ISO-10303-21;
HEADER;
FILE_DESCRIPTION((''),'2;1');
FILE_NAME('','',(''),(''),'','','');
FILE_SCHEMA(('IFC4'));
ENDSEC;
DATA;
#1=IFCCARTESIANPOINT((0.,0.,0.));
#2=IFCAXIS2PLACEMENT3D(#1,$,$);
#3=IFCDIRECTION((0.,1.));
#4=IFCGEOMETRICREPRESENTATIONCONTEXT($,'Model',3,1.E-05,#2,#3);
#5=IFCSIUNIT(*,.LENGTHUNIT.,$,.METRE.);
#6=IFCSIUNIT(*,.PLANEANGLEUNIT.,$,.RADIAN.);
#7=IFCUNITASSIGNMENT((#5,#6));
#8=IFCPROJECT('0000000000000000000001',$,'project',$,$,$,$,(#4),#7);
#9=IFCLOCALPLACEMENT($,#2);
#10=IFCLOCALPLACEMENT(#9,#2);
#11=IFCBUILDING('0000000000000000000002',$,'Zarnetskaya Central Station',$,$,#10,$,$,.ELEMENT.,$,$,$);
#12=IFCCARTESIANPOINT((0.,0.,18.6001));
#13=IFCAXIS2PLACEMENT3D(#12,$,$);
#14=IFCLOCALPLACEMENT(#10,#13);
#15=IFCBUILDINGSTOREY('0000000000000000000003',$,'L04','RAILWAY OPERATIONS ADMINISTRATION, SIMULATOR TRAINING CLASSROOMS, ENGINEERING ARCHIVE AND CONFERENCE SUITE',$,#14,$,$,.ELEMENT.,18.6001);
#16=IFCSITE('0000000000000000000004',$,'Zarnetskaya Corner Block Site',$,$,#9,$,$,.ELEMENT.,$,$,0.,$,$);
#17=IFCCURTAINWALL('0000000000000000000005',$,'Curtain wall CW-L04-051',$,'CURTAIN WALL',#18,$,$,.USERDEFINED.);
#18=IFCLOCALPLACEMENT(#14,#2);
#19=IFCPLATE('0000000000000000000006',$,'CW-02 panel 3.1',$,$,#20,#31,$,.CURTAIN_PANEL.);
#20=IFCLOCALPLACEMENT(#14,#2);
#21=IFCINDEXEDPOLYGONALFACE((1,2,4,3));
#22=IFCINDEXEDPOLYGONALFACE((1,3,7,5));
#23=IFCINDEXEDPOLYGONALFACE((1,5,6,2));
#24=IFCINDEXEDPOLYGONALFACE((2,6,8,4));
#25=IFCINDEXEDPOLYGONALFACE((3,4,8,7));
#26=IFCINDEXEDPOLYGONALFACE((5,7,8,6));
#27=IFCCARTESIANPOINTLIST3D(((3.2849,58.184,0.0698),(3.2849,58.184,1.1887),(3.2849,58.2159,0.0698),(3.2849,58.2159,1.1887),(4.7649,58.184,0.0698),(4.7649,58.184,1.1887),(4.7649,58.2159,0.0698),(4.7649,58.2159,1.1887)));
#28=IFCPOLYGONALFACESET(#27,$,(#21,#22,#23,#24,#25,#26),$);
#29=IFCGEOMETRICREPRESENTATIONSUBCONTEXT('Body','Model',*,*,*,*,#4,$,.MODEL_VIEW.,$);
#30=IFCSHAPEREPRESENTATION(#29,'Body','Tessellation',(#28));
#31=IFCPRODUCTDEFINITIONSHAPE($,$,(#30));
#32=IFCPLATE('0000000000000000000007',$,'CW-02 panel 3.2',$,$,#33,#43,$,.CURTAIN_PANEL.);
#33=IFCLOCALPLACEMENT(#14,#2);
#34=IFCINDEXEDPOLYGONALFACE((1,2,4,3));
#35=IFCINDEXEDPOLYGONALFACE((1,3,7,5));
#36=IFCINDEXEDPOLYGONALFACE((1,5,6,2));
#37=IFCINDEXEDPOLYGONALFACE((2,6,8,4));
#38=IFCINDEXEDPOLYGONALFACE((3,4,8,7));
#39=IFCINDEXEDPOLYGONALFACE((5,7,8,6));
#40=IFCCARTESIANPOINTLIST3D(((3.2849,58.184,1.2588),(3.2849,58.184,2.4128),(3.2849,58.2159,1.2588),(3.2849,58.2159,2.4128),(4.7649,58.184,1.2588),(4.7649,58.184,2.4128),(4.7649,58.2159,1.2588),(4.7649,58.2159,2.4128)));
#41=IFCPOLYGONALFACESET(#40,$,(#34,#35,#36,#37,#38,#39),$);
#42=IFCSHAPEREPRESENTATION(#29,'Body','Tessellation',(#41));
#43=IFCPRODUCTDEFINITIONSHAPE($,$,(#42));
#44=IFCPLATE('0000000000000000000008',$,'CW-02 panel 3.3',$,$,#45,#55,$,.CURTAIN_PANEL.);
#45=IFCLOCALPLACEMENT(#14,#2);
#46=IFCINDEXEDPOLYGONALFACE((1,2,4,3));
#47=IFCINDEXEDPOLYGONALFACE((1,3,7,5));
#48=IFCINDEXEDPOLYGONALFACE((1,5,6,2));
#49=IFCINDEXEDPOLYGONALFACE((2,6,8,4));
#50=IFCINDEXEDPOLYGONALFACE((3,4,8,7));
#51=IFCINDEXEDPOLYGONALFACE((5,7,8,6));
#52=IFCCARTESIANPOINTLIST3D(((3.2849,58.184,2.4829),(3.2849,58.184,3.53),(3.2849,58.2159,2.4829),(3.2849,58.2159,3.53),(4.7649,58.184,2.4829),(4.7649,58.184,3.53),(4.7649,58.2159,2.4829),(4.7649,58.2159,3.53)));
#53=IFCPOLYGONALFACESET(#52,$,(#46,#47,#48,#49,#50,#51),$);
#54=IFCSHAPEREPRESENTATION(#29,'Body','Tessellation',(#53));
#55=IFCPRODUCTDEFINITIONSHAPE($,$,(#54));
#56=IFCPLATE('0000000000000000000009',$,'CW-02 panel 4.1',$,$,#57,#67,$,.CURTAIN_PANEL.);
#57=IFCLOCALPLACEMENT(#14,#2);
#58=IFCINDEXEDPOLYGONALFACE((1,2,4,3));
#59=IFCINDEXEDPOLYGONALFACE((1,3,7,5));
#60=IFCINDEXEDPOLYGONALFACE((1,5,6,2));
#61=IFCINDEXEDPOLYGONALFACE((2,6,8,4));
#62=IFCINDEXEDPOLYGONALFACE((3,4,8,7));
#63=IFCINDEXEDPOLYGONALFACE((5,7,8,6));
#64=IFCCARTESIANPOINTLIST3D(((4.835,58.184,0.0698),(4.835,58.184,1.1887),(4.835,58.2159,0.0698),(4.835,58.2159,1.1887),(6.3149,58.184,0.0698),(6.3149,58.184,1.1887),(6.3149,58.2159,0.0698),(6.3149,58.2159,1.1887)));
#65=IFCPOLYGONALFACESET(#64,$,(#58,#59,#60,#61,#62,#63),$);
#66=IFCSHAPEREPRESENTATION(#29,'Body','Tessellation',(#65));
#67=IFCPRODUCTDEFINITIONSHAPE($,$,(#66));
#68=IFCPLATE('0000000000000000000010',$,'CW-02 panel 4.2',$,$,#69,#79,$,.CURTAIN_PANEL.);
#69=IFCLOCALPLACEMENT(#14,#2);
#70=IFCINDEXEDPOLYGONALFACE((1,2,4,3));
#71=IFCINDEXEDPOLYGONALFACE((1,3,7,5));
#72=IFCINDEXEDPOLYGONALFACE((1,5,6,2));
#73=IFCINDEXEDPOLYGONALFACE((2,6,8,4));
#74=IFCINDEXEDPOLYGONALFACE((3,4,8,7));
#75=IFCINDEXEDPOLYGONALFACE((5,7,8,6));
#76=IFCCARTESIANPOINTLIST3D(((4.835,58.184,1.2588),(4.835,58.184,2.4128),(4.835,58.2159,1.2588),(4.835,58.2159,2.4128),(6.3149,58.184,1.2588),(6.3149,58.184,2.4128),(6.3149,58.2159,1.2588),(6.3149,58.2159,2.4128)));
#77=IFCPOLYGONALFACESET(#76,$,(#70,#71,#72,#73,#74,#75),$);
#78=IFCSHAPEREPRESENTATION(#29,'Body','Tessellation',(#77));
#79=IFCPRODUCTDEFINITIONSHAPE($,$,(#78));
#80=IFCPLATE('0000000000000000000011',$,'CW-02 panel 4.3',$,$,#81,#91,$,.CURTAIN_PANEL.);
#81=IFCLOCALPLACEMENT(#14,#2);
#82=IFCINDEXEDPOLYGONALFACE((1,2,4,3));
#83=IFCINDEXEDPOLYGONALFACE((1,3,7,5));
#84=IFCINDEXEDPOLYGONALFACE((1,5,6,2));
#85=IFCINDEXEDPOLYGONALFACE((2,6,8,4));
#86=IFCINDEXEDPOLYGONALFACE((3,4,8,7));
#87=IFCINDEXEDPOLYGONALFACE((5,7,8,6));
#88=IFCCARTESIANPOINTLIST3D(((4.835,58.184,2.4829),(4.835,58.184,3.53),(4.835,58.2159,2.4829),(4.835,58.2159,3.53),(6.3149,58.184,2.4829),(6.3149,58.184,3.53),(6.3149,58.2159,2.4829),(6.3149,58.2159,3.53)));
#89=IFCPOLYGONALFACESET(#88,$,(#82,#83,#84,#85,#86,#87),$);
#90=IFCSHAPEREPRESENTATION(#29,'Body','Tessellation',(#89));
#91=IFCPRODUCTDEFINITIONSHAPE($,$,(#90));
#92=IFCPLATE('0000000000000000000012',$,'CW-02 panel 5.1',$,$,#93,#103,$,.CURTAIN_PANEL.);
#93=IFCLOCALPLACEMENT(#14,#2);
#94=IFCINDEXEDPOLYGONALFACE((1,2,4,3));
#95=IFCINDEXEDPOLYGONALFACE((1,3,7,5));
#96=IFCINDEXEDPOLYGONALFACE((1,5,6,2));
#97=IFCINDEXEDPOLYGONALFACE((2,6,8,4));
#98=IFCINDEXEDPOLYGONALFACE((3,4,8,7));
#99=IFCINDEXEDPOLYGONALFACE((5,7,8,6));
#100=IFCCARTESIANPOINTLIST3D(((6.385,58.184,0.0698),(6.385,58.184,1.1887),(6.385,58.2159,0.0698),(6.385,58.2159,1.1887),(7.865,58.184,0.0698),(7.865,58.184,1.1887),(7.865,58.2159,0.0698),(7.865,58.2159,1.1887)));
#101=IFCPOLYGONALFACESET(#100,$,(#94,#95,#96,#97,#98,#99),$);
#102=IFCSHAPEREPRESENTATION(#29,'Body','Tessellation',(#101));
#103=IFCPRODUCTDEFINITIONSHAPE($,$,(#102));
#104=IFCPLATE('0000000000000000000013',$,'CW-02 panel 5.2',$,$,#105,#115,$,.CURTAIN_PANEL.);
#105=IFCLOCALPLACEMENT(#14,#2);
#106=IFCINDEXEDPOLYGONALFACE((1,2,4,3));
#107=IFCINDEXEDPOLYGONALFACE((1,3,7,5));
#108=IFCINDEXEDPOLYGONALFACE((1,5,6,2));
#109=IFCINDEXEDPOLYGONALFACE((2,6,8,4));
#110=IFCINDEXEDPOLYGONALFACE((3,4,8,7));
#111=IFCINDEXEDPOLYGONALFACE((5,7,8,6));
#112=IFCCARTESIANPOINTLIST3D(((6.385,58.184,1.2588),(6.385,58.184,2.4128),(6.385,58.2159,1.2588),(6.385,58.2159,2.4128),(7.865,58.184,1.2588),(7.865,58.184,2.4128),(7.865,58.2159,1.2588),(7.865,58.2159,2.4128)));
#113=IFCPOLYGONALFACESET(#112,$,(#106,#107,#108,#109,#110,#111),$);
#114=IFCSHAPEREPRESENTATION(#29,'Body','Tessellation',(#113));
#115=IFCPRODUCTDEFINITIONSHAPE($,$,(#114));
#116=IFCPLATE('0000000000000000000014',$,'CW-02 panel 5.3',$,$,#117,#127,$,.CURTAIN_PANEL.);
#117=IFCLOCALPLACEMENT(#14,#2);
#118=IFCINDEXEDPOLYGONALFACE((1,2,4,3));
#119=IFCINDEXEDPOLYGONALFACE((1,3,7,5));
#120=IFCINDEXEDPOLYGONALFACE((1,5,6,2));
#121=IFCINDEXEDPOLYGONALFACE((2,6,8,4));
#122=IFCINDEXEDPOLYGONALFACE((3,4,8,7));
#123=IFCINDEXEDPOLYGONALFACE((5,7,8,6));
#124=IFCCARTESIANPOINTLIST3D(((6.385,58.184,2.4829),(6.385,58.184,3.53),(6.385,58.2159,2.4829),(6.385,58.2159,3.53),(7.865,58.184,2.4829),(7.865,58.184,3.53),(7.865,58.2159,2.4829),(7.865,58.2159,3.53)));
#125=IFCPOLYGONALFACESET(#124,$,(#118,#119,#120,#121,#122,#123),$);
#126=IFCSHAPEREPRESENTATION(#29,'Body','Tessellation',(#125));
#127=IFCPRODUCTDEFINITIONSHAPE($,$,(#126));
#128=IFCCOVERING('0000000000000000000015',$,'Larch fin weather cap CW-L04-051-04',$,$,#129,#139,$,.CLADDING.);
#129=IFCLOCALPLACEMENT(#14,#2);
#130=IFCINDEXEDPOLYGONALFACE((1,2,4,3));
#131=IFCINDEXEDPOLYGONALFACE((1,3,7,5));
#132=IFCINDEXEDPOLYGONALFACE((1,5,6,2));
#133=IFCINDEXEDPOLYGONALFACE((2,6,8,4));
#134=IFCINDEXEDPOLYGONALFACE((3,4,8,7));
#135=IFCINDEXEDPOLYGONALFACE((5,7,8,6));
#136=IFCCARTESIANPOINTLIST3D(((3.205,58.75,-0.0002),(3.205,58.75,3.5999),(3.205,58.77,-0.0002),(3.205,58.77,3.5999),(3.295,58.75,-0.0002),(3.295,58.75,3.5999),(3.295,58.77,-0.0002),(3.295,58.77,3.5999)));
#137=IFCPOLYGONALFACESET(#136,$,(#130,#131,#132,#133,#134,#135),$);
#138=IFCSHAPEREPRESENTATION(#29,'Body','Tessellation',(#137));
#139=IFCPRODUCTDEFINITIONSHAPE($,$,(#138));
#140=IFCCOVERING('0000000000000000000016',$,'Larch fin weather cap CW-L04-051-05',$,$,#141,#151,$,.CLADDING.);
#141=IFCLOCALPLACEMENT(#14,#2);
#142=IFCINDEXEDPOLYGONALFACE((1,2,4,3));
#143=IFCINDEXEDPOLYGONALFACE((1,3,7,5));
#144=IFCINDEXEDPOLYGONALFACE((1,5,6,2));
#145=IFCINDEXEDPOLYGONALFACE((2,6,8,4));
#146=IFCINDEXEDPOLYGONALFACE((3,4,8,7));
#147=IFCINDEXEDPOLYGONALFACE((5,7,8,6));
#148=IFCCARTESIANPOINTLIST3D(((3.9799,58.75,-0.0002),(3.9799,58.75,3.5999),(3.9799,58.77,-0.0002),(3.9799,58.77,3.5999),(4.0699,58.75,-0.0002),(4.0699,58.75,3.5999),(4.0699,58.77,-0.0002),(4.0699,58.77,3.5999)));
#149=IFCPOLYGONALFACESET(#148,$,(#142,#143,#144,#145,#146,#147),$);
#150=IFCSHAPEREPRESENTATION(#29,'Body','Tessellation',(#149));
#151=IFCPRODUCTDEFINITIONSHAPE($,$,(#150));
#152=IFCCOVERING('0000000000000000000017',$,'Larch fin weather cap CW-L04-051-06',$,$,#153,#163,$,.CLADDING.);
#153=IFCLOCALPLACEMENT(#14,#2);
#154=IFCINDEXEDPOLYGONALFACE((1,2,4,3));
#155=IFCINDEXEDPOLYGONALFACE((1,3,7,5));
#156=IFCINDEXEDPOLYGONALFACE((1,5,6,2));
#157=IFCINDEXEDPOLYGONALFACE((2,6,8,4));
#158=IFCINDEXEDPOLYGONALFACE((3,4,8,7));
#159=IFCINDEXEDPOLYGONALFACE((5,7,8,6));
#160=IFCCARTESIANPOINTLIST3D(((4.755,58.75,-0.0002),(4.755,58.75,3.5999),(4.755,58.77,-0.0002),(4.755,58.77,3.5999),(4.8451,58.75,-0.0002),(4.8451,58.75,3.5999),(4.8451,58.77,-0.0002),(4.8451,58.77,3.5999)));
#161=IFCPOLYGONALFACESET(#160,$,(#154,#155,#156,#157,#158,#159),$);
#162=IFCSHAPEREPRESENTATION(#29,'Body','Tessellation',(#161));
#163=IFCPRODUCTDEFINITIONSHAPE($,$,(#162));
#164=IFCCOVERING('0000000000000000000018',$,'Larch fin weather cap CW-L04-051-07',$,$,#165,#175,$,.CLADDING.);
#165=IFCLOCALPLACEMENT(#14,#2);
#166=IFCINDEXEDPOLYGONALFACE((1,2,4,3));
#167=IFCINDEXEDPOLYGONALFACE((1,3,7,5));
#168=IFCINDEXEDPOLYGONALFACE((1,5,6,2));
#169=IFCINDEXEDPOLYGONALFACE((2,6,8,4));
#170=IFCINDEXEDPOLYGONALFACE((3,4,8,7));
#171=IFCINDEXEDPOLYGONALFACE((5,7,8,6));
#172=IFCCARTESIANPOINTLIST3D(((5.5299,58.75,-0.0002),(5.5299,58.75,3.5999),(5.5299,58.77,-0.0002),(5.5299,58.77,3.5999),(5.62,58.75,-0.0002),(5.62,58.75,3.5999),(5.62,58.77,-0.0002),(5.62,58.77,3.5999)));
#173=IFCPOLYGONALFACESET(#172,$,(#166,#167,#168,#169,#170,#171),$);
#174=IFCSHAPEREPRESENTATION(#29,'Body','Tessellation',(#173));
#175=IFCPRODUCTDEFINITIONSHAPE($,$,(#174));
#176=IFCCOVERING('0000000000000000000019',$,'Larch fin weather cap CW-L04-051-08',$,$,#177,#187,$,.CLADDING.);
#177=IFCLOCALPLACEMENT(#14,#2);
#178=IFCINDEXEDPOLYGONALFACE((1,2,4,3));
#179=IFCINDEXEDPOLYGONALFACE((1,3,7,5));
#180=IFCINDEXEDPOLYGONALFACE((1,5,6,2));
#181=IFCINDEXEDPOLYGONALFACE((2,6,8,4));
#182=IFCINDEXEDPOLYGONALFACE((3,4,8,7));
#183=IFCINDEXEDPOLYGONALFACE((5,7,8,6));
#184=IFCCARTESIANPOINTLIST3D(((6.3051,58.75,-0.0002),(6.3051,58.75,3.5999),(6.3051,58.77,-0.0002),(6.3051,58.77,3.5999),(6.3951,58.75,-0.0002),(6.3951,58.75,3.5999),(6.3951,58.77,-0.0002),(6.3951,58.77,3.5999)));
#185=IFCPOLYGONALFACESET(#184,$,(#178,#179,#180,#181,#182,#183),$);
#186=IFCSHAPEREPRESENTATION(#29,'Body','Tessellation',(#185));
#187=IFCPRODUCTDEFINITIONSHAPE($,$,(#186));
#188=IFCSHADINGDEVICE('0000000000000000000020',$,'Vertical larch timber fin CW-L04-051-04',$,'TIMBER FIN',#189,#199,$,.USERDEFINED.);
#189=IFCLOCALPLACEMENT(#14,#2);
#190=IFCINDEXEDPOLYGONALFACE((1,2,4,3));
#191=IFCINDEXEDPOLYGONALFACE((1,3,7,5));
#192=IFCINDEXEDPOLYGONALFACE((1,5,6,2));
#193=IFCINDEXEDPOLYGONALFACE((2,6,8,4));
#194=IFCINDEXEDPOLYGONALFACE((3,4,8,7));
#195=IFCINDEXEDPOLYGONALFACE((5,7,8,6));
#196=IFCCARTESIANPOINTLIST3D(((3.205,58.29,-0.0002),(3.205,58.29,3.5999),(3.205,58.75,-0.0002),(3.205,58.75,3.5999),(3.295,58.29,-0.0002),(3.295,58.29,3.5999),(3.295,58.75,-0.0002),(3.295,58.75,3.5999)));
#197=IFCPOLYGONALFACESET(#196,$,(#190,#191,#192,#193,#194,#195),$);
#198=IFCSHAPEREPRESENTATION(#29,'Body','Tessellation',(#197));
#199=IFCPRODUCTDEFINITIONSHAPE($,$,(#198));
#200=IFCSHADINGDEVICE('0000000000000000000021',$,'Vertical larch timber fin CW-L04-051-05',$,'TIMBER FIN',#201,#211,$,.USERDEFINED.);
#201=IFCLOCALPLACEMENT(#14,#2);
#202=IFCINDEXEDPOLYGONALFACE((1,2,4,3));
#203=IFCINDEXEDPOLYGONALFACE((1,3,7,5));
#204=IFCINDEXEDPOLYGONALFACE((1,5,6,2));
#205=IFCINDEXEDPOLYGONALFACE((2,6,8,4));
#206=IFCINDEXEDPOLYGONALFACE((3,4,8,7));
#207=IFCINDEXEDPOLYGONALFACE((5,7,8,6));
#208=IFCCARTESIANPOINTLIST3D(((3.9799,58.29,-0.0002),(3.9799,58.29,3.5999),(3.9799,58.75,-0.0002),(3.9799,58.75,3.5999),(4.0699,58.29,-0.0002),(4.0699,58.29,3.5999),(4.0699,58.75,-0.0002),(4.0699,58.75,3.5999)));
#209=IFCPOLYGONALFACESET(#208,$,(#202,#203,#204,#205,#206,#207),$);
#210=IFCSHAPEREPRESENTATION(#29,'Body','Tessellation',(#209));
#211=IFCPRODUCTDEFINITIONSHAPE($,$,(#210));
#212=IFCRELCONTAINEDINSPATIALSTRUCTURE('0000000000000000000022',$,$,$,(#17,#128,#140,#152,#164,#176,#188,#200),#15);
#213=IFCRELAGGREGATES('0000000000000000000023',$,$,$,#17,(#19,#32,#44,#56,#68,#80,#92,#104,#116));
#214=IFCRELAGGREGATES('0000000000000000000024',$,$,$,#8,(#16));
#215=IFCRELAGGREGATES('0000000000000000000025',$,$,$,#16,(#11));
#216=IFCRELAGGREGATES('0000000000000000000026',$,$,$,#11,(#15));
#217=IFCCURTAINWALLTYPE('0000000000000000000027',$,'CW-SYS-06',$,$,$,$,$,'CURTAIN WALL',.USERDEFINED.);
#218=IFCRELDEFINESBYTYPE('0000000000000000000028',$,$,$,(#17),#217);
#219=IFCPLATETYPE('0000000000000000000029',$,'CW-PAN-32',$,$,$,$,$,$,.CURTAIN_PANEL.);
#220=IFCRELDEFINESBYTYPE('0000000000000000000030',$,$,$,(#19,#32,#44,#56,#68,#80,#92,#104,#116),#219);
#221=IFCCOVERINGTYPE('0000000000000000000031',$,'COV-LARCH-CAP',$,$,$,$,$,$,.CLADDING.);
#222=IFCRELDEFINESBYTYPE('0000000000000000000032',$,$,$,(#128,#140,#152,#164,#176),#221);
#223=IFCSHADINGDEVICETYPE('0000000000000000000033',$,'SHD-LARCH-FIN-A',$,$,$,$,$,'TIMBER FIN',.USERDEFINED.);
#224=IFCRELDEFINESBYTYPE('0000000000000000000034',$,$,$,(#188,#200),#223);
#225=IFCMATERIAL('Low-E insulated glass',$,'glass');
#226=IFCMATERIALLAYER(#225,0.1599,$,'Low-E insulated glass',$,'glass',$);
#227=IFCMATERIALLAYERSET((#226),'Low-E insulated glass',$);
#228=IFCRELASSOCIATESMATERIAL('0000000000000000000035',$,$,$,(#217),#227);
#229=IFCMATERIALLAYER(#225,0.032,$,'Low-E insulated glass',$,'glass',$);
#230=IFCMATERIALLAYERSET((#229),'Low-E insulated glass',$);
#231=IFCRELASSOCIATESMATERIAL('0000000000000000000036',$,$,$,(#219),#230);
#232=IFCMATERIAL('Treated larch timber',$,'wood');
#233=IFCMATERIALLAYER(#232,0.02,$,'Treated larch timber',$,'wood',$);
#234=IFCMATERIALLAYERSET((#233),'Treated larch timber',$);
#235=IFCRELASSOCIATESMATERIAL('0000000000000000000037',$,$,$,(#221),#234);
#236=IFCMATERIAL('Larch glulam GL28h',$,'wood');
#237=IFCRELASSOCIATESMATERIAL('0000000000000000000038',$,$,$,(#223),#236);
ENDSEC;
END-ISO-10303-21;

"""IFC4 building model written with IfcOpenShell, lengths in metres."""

from ifc_helpers import new_model, si_unit, direction, frame, origin, origin_2d, place, context, subcontext, project, spatial, rectangle, extrude, material, layer, layer_set, type_object, element, aggregate, save


model = new_model("IFC4")

# Units and contexts
model_context = context("Model", 3, precision=1e-05, world=origin(), true_north=direction((0.0, 1.0)))
body_context = subcontext(model_context, "Body", "Model", "MODEL_VIEW")
ifc_project = project(units=[si_unit("LENGTHUNIT", "METRE"), si_unit("PLANEANGLEUNIT", "RADIAN")], contexts=[model_context])

# Site, building, storey
site_placement = place(None, origin())
site = spatial("IfcSite", under=ifc_project, at=site_placement, Name="Zarnetskaya Corner Block Site", CompositionType="ELEMENT", RefElevation=0.0)
building_placement = place(site_placement, origin())
building = spatial("IfcBuilding", under=site, at=building_placement, Name="Zarnetskaya Central Station", CompositionType="ELEMENT")
storey_placement = place(building_placement, frame((0.0, 0.0, 18.6001)))
storey = spatial("IfcBuildingStorey", under=building, at=storey_placement, Name="L04", Description="RAILWAY OPERATIONS ADMINISTRATION, SIMULATOR TRAINING CLASSROOMS, ENGINEERING ARCHIVE AND CONFERENCE SUITE", CompositionType="ELEMENT", Elevation=18.6001)

# Curtain wall, plates
ifc_material_1 = material(Name="Low-E insulated glass", Category="glass")
ifc_layer_1 = layer(ifc_material_1, 0.1599, Name="Low-E insulated glass", Category="glass")
ifc_layer_set_1 = layer_set([ifc_layer_1], Name="Low-E insulated glass")
curtain_wall_type = type_object("IfcCurtainWallType", Name="CW-SYS-06", ElementType="CURTAIN WALL", PredefinedType="USERDEFINED", material=ifc_layer_set_1)
curtain_wall_placement = place(storey_placement, origin())
curtain_wall = element("IfcCurtainWall", 1, at=curtain_wall_placement, inside=storey, type_object=curtain_wall_type, Name="Curtain wall CW-L04-051", ObjectType="CURTAIN WALL", PredefinedType="USERDEFINED")
ifc_layer_2 = layer(ifc_material_1, 0.032, Name="Low-E insulated glass", Category="glass")
ifc_layer_set_2 = layer_set([ifc_layer_2], Name="Low-E insulated glass")
plate_type = type_object("IfcPlateType", Name="CW-PAN-32", PredefinedType="CURTAIN_PANEL", material=ifc_layer_set_2)
plate_1_placement = place(storey_placement, frame((4.0249, 58.2, 0.0698), z_axis=(0.0, 0.0, 1.0), x_axis=(1.0, 0.0, 0.0)))
plate_1 = element("IfcPlate", 2, at=plate_1_placement, type_object=plate_type, Name="CW-02 panel 3.1", PredefinedType="CURTAIN_PANEL", context=body_context, shape_type="SweptSolid", body=[
    extrude(rectangle(XDim=1.48, YDim=0.032, at=origin_2d()), origin(), (0.0, 0.0, 1.0), 1.1189),
])
plate_2_placement = place(storey_placement, frame((4.0249, 58.2, 1.2588), z_axis=(0.0, 0.0, 1.0), x_axis=(1.0, 0.0, 0.0)))
plate_2 = element("IfcPlate", 3, at=plate_2_placement, type_object=plate_type, Name="CW-02 panel 3.2", PredefinedType="CURTAIN_PANEL", context=body_context, shape_type="SweptSolid", body=[
    extrude(rectangle(XDim=1.48, YDim=0.032, at=origin_2d()), origin(), (0.0, 0.0, 1.0), 1.1541),
])
plate_3_placement = place(storey_placement, frame((4.0249, 58.2, 2.4829), z_axis=(0.0, 0.0, 1.0), x_axis=(1.0, 0.0, 0.0)))
plate_3 = element("IfcPlate", 4, at=plate_3_placement, type_object=plate_type, Name="CW-02 panel 3.3", PredefinedType="CURTAIN_PANEL", context=body_context, shape_type="SweptSolid", body=[
    extrude(rectangle(XDim=1.48, YDim=0.032, at=origin_2d()), origin(), (0.0, 0.0, 1.0), 1.0471),
])
plate_4_placement = place(storey_placement, frame((5.575, 58.2, 0.0698), z_axis=(0.0, 0.0, 1.0), x_axis=(1.0, 0.0, 0.0)))
plate_4 = element("IfcPlate", 5, at=plate_4_placement, type_object=plate_type, Name="CW-02 panel 4.1", PredefinedType="CURTAIN_PANEL", context=body_context, shape_type="SweptSolid", body=[
    extrude(rectangle(XDim=1.48, YDim=0.032, at=origin_2d()), origin(), (0.0, 0.0, 1.0), 1.1189),
])
plate_5_placement = place(storey_placement, frame((5.575, 58.2, 1.2588), z_axis=(0.0, 0.0, 1.0), x_axis=(1.0, 0.0, 0.0)))
plate_5 = element("IfcPlate", 6, at=plate_5_placement, type_object=plate_type, Name="CW-02 panel 4.2", PredefinedType="CURTAIN_PANEL", context=body_context, shape_type="SweptSolid", body=[
    extrude(rectangle(XDim=1.48, YDim=0.032, at=origin_2d()), origin(), (0.0, 0.0, 1.0), 1.1541),
])
plate_6_placement = place(storey_placement, frame((5.575, 58.2, 2.4829), z_axis=(0.0, 0.0, 1.0), x_axis=(1.0, 0.0, 0.0)))
plate_6 = element("IfcPlate", 7, at=plate_6_placement, type_object=plate_type, Name="CW-02 panel 4.3", PredefinedType="CURTAIN_PANEL", context=body_context, shape_type="SweptSolid", body=[
    extrude(rectangle(XDim=1.48, YDim=0.032, at=origin_2d()), origin(), (0.0, 0.0, 1.0), 1.0471),
])
plate_7_placement = place(storey_placement, frame((7.125, 58.2, 0.0698), z_axis=(0.0, 0.0, 1.0), x_axis=(1.0, 0.0, 0.0)))
plate_7 = element("IfcPlate", 8, at=plate_7_placement, type_object=plate_type, Name="CW-02 panel 5.1", PredefinedType="CURTAIN_PANEL", context=body_context, shape_type="SweptSolid", body=[
    extrude(rectangle(XDim=1.48, YDim=0.032, at=origin_2d()), origin(), (0.0, 0.0, 1.0), 1.1189),
])
plate_8_placement = place(storey_placement, frame((7.125, 58.2, 1.2588), z_axis=(0.0, 0.0, 1.0), x_axis=(1.0, 0.0, 0.0)))
plate_8 = element("IfcPlate", 9, at=plate_8_placement, type_object=plate_type, Name="CW-02 panel 5.2", PredefinedType="CURTAIN_PANEL", context=body_context, shape_type="SweptSolid", body=[
    extrude(rectangle(XDim=1.48, YDim=0.032, at=origin_2d()), origin(), (0.0, 0.0, 1.0), 1.1541),
])
plate_9_placement = place(storey_placement, frame((7.125, 58.2, 2.4829), z_axis=(0.0, 0.0, 1.0), x_axis=(1.0, 0.0, 0.0)))
plate_9 = element("IfcPlate", 10, at=plate_9_placement, type_object=plate_type, Name="CW-02 panel 5.3", PredefinedType="CURTAIN_PANEL", context=body_context, shape_type="SweptSolid", body=[
    extrude(rectangle(XDim=1.48, YDim=0.032, at=origin_2d()), origin(), (0.0, 0.0, 1.0), 1.0471),
])
aggregate(curtain_wall, [plate_1, plate_2, plate_3, plate_4, plate_5, plate_6, plate_7, plate_8, plate_9])

# Coverings
ifc_material_2 = material(Name="Treated larch timber", Category="wood")
ifc_layer_3 = layer(ifc_material_2, 0.02, Name="Treated larch timber", Category="wood")
ifc_layer_set_3 = layer_set([ifc_layer_3], Name="Treated larch timber")
covering_type = type_object("IfcCoveringType", Name="COV-LARCH-CAP", PredefinedType="CLADDING", material=ifc_layer_set_3)
for number, where, z_axis, x_axis, name in (
    (11, (3.25, 58.76, -0.0002), (0.0, 0.0, 1.0), (1.0, 0.0, 0.0), "Larch fin weather cap CW-L04-051-04"),
    (12, (4.0249, 58.76, -0.0002), (0.0, 0.0, 1.0), (1.0, 0.0, 0.0), "Larch fin weather cap CW-L04-051-05"),
    (13, (4.8, 58.76, -0.0002), (0.0, 0.0, 1.0), (1.0, 0.0, 0.0), "Larch fin weather cap CW-L04-051-06"),
    (14, (5.575, 58.76, -0.0002), (0.0, 0.0, 1.0), (1.0, 0.0, 0.0), "Larch fin weather cap CW-L04-051-07"),
    (15, (6.3501, 58.76, -0.0002), (0.0, 0.0, 1.0), (1.0, 0.0, 0.0), "Larch fin weather cap CW-L04-051-08"),
):
    element("IfcCovering", number, at=place(storey_placement, frame(where, z_axis=z_axis, x_axis=x_axis)), inside=storey, type_object=covering_type, Name=name, PredefinedType="CLADDING", context=body_context, shape_type="SweptSolid", body=[
        extrude(rectangle(XDim=0.0901, YDim=0.02, at=origin_2d()), origin(), (0.0, 0.0, 1.0), 3.6001),
    ])

# Shading devices
ifc_material_3 = material(Name="Larch glulam GL28h", Category="wood")
shading_device_type = type_object("IfcShadingDeviceType", Name="SHD-LARCH-FIN-A", ElementType="TIMBER FIN", PredefinedType="USERDEFINED", material=ifc_material_3)
for number, where, z_axis, x_axis, name in (
    (16, (3.25, 58.52, -0.0002), (0.0, 0.0, 1.0), (1.0, 0.0, 0.0), "Vertical larch timber fin CW-L04-051-04"),
    (17, (4.0249, 58.52, -0.0002), (0.0, 0.0, 1.0), (1.0, 0.0, 0.0), "Vertical larch timber fin CW-L04-051-05"),
):
    element("IfcShadingDevice", number, at=place(storey_placement, frame(where, z_axis=z_axis, x_axis=x_axis)), inside=storey, type_object=shading_device_type, Name=name, ObjectType="TIMBER FIN", PredefinedType="USERDEFINED", context=body_context, shape_type="SweptSolid", body=[
        extrude(rectangle(XDim=0.0901, YDim=0.46, at=origin_2d()), origin(), (0.0, 0.0, 1.0), 3.6001),
    ])

save(model, "model.ifc")
